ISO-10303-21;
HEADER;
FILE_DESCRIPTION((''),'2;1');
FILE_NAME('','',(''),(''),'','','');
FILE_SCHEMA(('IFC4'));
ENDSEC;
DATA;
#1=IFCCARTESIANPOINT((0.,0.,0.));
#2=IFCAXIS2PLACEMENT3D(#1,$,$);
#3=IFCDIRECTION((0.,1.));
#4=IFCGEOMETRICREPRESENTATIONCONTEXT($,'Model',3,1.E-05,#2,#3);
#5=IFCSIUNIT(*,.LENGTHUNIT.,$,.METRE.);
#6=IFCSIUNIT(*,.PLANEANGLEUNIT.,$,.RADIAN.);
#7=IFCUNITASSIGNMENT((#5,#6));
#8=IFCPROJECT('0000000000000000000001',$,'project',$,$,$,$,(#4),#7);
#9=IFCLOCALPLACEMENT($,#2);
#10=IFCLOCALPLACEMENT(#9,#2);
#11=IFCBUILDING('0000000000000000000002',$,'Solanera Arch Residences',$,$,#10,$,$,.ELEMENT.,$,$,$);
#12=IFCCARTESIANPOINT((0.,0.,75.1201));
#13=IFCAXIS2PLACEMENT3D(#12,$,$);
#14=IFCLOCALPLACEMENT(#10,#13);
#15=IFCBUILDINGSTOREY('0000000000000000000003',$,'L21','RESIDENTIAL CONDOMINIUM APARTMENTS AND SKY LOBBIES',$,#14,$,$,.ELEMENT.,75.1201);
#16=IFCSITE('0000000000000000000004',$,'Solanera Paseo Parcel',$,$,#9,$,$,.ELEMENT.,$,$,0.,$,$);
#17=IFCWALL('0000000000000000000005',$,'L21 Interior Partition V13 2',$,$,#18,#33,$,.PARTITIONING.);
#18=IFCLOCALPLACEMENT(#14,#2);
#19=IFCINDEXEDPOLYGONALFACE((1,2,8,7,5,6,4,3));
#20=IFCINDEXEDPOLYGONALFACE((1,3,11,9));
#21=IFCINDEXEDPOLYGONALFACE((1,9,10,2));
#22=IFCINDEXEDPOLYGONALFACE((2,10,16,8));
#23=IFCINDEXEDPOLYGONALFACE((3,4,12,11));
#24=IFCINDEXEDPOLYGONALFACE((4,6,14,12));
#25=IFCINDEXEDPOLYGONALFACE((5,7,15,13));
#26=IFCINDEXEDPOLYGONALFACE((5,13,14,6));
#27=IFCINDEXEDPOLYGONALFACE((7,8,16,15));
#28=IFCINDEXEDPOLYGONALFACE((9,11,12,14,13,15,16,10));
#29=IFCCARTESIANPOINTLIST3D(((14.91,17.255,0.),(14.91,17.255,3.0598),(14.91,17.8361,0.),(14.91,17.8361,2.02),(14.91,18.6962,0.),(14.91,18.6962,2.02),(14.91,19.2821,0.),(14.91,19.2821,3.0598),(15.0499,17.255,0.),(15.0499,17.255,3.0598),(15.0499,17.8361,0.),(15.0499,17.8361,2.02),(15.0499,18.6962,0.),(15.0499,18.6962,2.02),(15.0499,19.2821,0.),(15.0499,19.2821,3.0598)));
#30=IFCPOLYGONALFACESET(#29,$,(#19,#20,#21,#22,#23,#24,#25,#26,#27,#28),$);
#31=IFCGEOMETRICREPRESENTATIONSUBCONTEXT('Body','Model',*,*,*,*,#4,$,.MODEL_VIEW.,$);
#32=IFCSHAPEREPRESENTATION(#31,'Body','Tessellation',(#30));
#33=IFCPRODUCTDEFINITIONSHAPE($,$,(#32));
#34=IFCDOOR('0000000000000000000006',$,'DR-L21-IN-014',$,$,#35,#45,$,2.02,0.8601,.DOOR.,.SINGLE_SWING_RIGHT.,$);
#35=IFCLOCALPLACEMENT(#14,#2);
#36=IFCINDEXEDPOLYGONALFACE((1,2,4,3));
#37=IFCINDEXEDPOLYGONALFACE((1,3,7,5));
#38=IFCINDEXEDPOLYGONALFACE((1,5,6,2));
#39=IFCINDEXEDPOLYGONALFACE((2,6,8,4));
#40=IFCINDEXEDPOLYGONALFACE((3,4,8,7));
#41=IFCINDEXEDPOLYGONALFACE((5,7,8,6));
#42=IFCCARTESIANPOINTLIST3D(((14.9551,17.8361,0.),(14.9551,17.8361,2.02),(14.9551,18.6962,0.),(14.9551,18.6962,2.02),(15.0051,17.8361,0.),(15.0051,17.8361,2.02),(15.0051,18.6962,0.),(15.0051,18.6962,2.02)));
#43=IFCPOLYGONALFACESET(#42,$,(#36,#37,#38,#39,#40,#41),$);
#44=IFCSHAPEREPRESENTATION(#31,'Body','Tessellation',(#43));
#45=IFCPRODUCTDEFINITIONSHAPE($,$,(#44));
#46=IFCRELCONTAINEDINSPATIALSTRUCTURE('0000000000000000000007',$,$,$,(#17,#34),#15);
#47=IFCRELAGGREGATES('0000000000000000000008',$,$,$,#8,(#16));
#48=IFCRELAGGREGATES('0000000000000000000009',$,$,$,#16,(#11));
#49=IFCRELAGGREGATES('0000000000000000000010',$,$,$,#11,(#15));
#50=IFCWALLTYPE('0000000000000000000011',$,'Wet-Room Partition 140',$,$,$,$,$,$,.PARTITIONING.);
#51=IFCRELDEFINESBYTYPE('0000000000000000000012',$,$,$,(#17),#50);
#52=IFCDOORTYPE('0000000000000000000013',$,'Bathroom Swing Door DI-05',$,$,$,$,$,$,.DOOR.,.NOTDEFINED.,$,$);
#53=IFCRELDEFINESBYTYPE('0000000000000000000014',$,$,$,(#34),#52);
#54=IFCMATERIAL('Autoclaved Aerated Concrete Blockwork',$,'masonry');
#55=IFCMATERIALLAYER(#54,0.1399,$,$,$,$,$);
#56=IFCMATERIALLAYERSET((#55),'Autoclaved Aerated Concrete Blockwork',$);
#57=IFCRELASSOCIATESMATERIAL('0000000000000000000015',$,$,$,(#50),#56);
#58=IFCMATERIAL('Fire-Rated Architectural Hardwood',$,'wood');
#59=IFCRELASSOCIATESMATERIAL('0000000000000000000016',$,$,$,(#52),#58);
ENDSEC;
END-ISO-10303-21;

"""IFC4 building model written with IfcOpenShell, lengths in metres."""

from ifc_helpers import new_model, si_unit, direction, frame, frame_2d, origin, place, context, subcontext, project, spatial, rectangle, extrude, material, layer, layer_set, type_object, element, fill, save


model = new_model("IFC4")

# Units and contexts
model_context = context("Model", 3, precision=1e-05, world=origin(), true_north=direction((0.0, 1.0)))
body_context = subcontext(model_context, "Body", "Model", "MODEL_VIEW")
ifc_project = project(units=[si_unit("LENGTHUNIT", "METRE"), si_unit("PLANEANGLEUNIT", "RADIAN")], contexts=[model_context])

# Site, building, storey
site_placement = place(None, origin())
site = spatial("IfcSite", under=ifc_project, at=site_placement, Name="Solanera Paseo Parcel", CompositionType="ELEMENT", RefElevation=0.0)
building_placement = place(site_placement, origin())
building = spatial("IfcBuilding", under=site, at=building_placement, Name="Solanera Arch Residences", CompositionType="ELEMENT")
storey_placement = place(building_placement, frame((0.0, 0.0, 75.1201)))
storey = spatial("IfcBuildingStorey", under=building, at=storey_placement, Name="L21", Description="RESIDENTIAL CONDOMINIUM APARTMENTS AND SKY LOBBIES", CompositionType="ELEMENT", Elevation=75.1201)

# Shared definitions
ifc_material_1 = material(Name="Autoclaved Aerated Concrete Blockwork", Category="masonry")
ifc_layer_1 = layer(ifc_material_1, 0.1399)
ifc_layer_set_1 = layer_set([ifc_layer_1], Name="Autoclaved Aerated Concrete Blockwork")
wall_type_1 = type_object("IfcWallType", Name="Wet-Room Partition 140", PredefinedType="PARTITIONING", material=ifc_layer_set_1)

# Wall, opening, door
wall_1_placement = place(storey_placement, frame((14.98, 17.2549, 0.0), z_axis=(0.0, 0.0, 1.0), x_axis=(0.0, 1.0, 0.0)))
wall_1 = element("IfcWall", 1, at=wall_1_placement, inside=storey, type_object=wall_type_1, Name="L21 Interior Partition V13 2", PredefinedType="PARTITIONING", context=body_context, shape_type="SweptSolid", body=[
    extrude(rectangle(XDim=2.0271, YDim=0.1399, at=frame_2d((1.0137, 0.0))), origin(), (0.0, 0.0, 1.0), 3.0598),
])
opening_1_placement = place(wall_1_placement, frame((0.5811, 0.0, 0.0)))
opening_1 = element("IfcOpeningElement", 2, at=opening_1_placement, cuts=wall_1, PredefinedType="OPENING", context=body_context, shape_type="SweptSolid", body=[
    extrude(rectangle(XDim=0.8601, YDim=2.02, at=frame_2d((0.4302, 1.01))), frame((0.0, 0.0798, 0.0), z_axis=(0.0, -1.0, 0.0), x_axis=(1.0, 0.0, 0.0)), (0.0, 0.0, 1.0), 0.1599),
])
ifc_material_2 = material(Name="Fire-Rated Architectural Hardwood", Category="wood")
door_type_1 = type_object("IfcDoorType", Name="Bathroom Swing Door DI-05", OperationType="NOTDEFINED", PredefinedType="DOOR", material=ifc_material_2)
door_1_placement = place(opening_1_placement, origin())
door_1 = element("IfcDoor", 3, at=door_1_placement, inside=storey, type_object=door_type_1, Name="DR-L21-IN-014", OperationType="SINGLE_SWING_RIGHT", OverallHeight=2.02, OverallWidth=0.8601, PredefinedType="DOOR", context=body_context, shape_type="SweptSolid", body=[
    extrude(rectangle(XDim=0.8601, YDim=2.02, at=frame_2d((0.4302, 1.01))), frame((0.0, 0.0249, 0.0), z_axis=(0.0, -1.0, 0.0), x_axis=(1.0, 0.0, 0.0)), (0.0, 0.0, 1.0), 0.05),
])
fill(opening_1, door_1)

save(model, "model.ifc")
